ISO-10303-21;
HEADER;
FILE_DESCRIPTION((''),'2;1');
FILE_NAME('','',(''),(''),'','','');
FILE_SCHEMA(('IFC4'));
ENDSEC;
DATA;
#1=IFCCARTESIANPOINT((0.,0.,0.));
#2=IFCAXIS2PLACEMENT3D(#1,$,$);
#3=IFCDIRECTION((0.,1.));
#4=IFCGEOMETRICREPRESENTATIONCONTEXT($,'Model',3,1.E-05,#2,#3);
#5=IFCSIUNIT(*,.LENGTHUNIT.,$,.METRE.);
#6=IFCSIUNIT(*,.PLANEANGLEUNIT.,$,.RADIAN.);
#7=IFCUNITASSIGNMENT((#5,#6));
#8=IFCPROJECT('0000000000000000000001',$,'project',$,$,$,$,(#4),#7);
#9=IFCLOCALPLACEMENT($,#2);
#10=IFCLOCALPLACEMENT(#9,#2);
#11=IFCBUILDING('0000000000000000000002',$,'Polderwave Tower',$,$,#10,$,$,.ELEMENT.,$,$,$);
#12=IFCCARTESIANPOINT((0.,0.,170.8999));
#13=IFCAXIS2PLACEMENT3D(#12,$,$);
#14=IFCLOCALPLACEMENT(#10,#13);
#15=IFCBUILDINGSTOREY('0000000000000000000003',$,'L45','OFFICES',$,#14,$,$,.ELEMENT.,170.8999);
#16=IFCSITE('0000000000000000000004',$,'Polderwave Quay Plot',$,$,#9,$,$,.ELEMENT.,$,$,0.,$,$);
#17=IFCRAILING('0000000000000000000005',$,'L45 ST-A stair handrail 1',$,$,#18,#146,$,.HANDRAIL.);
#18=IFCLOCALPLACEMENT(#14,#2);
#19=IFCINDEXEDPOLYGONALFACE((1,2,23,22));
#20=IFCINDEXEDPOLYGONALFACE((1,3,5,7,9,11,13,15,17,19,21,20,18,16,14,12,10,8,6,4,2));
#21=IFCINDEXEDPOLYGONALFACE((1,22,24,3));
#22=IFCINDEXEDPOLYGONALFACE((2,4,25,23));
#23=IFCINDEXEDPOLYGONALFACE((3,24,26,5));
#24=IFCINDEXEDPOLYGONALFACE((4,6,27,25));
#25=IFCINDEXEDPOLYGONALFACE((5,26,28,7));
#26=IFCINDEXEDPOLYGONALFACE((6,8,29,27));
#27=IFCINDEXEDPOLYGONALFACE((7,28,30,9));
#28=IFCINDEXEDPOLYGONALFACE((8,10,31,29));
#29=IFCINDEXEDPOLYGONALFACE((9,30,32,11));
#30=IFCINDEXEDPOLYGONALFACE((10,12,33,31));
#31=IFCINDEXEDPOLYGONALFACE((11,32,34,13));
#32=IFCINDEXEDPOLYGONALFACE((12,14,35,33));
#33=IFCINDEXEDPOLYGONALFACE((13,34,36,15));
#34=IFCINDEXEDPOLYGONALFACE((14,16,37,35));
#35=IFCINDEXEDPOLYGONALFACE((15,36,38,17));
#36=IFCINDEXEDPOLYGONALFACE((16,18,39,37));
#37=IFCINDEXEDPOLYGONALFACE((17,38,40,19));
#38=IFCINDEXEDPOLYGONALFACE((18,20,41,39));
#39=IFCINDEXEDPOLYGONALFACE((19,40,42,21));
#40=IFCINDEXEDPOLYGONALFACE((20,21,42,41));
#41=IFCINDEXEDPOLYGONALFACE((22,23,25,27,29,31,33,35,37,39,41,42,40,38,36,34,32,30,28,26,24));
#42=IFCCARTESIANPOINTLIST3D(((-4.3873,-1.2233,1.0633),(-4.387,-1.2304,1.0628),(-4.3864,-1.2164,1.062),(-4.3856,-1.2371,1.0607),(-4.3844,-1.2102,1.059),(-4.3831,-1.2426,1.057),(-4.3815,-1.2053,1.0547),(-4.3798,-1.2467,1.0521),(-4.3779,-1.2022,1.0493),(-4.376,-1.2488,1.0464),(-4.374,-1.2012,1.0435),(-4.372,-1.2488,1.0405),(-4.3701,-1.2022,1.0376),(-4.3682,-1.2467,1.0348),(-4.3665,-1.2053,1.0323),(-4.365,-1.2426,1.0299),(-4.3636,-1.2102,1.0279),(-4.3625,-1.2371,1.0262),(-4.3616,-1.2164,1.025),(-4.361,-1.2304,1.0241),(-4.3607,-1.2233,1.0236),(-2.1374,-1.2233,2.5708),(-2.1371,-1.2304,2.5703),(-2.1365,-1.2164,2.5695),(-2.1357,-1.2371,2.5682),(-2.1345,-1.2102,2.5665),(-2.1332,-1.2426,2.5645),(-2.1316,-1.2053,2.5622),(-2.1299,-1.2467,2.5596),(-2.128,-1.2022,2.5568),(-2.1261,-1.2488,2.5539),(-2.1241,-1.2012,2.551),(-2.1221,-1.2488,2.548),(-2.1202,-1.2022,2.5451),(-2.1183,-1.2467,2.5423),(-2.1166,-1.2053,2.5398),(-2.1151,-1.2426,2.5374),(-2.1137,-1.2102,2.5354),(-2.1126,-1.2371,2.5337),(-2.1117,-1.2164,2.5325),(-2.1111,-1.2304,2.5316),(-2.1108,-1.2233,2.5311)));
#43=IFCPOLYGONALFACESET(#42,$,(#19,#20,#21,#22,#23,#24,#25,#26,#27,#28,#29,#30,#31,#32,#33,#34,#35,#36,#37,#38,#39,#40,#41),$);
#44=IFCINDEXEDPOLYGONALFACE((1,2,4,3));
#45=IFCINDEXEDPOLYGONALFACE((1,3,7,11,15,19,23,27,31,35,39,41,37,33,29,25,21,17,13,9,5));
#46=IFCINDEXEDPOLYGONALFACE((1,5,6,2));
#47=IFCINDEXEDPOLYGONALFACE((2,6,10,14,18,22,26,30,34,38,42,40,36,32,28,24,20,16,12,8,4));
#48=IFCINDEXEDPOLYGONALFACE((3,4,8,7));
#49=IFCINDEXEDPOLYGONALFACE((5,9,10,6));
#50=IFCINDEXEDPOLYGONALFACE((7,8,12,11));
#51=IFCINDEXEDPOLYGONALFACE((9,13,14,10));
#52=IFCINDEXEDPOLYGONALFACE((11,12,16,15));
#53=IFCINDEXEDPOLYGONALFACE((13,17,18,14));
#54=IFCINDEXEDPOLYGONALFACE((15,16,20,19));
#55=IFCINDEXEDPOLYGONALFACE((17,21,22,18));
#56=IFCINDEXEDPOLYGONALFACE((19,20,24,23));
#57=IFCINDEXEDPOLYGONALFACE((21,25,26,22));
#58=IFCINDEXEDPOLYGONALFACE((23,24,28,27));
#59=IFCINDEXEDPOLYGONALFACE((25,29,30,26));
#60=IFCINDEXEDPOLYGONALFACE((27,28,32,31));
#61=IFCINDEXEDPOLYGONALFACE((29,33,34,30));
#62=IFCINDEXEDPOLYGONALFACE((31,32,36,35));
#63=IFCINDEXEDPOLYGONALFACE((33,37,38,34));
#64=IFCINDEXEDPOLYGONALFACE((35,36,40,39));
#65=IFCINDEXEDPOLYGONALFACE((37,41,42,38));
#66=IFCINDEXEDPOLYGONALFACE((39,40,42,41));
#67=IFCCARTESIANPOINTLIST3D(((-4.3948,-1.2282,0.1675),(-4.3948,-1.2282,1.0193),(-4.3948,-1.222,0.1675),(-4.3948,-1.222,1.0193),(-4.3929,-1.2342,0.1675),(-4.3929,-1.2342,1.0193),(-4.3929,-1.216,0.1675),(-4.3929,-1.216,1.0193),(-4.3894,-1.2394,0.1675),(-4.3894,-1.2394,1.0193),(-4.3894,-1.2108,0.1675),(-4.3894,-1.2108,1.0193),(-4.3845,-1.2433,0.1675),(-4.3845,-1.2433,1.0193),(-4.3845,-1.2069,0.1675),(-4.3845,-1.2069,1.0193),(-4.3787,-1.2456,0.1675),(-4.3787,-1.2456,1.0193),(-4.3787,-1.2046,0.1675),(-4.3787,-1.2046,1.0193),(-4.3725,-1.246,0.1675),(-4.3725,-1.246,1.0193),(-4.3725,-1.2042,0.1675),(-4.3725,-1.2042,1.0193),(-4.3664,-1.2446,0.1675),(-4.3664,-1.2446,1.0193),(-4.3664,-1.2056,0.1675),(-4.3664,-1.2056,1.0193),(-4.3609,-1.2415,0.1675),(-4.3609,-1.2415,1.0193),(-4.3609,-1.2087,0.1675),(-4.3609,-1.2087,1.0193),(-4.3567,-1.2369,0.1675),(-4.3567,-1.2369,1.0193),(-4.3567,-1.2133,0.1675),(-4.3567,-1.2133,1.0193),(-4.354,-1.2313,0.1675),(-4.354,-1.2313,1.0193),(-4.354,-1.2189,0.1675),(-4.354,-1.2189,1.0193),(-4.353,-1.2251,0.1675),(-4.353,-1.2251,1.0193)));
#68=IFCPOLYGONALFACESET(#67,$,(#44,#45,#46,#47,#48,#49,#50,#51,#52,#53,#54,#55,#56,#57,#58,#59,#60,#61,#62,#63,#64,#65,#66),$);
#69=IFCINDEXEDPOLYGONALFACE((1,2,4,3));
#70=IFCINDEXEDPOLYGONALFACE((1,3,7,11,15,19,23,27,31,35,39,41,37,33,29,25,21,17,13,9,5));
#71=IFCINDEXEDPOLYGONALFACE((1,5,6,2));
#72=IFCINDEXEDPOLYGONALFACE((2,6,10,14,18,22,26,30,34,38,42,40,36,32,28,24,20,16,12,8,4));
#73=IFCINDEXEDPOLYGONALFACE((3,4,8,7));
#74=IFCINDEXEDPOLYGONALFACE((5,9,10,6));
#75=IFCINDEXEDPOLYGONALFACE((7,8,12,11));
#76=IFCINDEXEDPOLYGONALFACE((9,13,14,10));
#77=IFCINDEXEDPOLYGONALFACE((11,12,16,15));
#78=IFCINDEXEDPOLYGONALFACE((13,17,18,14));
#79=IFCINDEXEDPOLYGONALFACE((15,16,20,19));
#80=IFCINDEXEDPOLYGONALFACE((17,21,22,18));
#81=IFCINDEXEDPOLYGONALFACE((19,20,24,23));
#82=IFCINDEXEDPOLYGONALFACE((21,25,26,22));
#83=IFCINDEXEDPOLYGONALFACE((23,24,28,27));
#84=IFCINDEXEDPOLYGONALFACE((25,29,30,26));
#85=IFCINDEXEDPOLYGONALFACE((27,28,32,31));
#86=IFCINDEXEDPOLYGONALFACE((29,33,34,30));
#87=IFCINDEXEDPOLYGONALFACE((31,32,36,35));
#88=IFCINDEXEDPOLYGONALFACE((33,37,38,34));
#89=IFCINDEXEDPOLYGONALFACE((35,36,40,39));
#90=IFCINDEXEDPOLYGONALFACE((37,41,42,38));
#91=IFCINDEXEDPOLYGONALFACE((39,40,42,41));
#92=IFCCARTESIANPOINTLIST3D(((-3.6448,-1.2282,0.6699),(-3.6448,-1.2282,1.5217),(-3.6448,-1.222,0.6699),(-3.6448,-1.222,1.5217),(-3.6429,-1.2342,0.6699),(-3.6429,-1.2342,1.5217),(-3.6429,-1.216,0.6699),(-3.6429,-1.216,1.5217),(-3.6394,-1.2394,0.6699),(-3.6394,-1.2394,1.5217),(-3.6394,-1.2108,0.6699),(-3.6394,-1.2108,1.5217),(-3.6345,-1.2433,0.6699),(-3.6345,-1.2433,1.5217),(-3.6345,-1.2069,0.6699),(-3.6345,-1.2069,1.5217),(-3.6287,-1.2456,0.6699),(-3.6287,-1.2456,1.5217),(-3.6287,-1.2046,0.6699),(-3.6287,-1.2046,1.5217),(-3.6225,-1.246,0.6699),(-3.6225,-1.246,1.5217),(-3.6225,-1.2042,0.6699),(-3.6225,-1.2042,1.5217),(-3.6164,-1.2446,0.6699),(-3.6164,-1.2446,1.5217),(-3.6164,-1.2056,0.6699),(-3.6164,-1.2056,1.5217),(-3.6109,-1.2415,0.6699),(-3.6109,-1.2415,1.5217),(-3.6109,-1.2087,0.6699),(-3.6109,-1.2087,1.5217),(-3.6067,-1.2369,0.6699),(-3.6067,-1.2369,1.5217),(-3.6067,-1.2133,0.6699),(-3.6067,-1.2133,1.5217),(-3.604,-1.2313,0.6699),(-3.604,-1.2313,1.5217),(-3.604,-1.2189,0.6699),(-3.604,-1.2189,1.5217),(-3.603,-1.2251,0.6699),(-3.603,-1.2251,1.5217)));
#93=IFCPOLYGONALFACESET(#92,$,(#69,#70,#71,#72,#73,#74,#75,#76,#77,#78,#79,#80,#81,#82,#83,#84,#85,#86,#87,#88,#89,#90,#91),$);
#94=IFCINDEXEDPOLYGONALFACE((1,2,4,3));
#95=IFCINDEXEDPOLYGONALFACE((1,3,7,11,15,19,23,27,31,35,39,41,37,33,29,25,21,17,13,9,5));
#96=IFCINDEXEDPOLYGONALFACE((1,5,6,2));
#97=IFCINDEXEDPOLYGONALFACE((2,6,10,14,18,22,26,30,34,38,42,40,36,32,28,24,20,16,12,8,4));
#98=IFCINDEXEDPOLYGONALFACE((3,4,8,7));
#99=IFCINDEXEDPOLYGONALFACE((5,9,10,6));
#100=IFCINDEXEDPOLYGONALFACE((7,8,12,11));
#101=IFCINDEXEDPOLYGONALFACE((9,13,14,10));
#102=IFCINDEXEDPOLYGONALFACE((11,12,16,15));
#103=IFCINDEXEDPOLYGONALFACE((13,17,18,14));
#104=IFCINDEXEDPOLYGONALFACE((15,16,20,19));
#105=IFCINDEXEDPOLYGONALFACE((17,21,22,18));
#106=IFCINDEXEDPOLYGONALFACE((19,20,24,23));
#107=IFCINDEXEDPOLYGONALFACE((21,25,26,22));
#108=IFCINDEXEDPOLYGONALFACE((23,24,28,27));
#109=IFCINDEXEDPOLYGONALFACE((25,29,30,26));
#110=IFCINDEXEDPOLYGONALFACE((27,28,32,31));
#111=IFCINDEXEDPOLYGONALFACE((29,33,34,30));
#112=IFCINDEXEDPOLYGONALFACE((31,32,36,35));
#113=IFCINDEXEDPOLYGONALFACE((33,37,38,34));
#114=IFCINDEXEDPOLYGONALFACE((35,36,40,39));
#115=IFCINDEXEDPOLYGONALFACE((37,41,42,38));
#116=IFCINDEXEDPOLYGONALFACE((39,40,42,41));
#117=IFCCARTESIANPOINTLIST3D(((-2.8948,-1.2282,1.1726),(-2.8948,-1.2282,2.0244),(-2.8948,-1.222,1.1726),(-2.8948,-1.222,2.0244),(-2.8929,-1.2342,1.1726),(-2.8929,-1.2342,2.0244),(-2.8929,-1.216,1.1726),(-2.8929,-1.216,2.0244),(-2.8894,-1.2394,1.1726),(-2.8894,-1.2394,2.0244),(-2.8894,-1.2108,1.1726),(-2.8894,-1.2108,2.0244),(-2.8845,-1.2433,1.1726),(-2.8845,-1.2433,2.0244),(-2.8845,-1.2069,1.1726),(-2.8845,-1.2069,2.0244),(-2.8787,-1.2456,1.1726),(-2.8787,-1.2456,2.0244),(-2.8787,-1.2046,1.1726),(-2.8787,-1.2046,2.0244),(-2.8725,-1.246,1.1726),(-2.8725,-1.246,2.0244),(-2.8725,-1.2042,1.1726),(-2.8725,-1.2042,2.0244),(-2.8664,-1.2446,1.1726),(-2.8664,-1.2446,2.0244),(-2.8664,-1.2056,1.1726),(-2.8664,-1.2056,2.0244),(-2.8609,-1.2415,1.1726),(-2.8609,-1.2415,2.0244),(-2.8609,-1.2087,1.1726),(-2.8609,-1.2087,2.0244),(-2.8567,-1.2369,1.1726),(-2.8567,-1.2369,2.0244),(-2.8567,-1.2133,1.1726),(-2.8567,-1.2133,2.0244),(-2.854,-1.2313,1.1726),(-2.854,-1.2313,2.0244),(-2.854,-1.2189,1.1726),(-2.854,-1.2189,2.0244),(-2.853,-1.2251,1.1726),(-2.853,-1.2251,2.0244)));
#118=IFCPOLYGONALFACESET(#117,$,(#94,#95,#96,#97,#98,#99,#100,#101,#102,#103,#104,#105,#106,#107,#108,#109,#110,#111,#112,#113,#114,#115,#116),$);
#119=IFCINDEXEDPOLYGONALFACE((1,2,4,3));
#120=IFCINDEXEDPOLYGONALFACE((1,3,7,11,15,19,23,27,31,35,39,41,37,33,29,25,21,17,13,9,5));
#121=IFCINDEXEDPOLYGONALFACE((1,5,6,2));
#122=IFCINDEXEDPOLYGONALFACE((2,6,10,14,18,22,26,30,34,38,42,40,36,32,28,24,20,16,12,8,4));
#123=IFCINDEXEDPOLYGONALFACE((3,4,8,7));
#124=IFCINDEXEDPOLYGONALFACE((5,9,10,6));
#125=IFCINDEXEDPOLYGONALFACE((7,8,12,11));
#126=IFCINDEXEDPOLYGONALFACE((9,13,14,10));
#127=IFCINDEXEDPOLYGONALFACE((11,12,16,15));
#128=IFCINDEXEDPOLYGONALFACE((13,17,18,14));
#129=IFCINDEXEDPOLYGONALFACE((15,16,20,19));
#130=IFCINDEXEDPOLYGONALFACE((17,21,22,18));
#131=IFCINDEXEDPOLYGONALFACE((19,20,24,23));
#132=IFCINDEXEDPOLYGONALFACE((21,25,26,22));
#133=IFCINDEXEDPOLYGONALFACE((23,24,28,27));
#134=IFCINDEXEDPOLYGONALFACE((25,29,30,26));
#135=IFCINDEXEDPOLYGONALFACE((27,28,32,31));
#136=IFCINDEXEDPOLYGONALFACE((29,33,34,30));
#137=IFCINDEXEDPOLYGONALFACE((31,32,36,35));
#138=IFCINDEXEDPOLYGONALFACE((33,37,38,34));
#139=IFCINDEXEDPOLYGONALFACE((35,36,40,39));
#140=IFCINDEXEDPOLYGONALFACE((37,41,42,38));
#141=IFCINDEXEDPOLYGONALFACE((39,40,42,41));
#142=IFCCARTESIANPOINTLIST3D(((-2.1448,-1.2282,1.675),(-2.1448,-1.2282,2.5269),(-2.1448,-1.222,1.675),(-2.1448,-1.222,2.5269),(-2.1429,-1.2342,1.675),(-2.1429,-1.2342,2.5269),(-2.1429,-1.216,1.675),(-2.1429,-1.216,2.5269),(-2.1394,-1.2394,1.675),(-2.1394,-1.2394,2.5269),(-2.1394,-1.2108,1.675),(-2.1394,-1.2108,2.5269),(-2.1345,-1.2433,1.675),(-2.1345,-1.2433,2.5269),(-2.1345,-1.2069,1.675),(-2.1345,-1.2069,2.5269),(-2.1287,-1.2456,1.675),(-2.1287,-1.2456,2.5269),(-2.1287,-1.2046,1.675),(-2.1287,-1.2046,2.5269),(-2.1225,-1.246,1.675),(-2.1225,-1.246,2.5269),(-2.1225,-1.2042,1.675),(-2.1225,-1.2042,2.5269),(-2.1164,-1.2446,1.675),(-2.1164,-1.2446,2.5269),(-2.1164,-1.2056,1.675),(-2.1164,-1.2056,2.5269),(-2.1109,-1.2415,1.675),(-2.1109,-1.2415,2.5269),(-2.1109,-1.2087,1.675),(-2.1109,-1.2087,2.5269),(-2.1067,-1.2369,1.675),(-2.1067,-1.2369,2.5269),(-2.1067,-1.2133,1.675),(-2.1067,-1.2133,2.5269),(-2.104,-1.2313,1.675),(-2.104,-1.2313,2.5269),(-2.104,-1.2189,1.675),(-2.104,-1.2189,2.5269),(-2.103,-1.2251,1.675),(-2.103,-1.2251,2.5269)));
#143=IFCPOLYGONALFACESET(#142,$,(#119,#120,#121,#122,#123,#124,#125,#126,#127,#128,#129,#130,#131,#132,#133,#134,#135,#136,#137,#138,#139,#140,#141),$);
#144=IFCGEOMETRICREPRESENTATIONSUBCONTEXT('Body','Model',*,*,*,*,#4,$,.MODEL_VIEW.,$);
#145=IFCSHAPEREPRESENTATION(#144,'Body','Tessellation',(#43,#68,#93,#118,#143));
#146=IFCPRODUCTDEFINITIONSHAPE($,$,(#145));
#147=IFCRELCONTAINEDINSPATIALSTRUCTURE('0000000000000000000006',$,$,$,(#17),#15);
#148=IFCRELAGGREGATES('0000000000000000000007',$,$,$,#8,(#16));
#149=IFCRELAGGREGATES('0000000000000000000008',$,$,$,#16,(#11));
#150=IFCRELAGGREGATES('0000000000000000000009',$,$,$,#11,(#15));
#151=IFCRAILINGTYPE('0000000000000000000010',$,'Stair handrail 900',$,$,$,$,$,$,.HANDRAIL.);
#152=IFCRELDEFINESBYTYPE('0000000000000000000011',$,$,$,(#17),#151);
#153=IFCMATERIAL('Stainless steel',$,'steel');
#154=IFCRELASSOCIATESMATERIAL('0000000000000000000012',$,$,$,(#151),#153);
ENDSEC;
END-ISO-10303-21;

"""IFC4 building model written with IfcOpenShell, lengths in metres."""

from ifc_helpers import new_model, si_unit, direction, frame, origin, origin_2d, place, context, subcontext, project, spatial, circle, extrude, material, type_object, element, save


model = new_model("IFC4")

# Units and contexts
model_context = context("Model", 3, precision=1e-05, world=origin(), true_north=direction((0.0, 1.0)))
body_context = subcontext(model_context, "Body", "Model", "MODEL_VIEW")
ifc_project = project(units=[si_unit("LENGTHUNIT", "METRE"), si_unit("PLANEANGLEUNIT", "RADIAN")], contexts=[model_context])

# Site, building, storey
site_placement = place(None, origin())
site = spatial("IfcSite", under=ifc_project, at=site_placement, Name="Polderwave Quay Plot", CompositionType="ELEMENT", RefElevation=0.0)
building_placement = place(site_placement, origin())
building = spatial("IfcBuilding", under=site, at=building_placement, Name="Polderwave Tower", CompositionType="ELEMENT")
storey_placement = place(building_placement, frame((0.0, 0.0, 170.8999)))
storey = spatial("IfcBuildingStorey", under=building, at=storey_placement, Name="L45", Description="OFFICES", CompositionType="ELEMENT", Elevation=170.8999)

# Shared definitions
ifc_material_1 = material(Name="Stainless steel", Category="steel")

# Railing
railing_type_1 = type_object("IfcRailingType", Name="Stair handrail 900", PredefinedType="HANDRAIL", material=ifc_material_1)
railing_1_placement = place(storey_placement, frame((-4.374, -1.2251, 0.1675)))
element("IfcRailing", 1, at=railing_1_placement, inside=storey, type_object=railing_type_1, Name="L45 ST-A stair handrail 1", PredefinedType="HANDRAIL", context=body_context, shape_type="SweptSolid", body=[
    extrude(circle(Radius=0.0239, at=origin_2d()), frame((0.0, 0.0, 0.876), z_axis=(0.830758, 0.0, 0.556633), x_axis=(0.0, 1.0, 0.0)), (0.0, 0.0, 1.0), 2.7083),
    extrude(circle(Radius=0.021, at=origin_2d()), origin(), (0.0, 0.0, 1.0), 0.8518),
    extrude(circle(Radius=0.021, at=origin_2d()), frame((0.75, 0.0, 0.5024)), (0.0, 0.0, 1.0), 0.8518),
    extrude(circle(Radius=0.021, at=origin_2d()), frame((1.5, 0.0, 1.0051)), (0.0, 0.0, 1.0), 0.8518),
    extrude(circle(Radius=0.021, at=origin_2d()), frame((2.25, 0.0, 1.5076)), (0.0, 0.0, 1.0), 0.8518),
])

save(model, "model.ifc")
